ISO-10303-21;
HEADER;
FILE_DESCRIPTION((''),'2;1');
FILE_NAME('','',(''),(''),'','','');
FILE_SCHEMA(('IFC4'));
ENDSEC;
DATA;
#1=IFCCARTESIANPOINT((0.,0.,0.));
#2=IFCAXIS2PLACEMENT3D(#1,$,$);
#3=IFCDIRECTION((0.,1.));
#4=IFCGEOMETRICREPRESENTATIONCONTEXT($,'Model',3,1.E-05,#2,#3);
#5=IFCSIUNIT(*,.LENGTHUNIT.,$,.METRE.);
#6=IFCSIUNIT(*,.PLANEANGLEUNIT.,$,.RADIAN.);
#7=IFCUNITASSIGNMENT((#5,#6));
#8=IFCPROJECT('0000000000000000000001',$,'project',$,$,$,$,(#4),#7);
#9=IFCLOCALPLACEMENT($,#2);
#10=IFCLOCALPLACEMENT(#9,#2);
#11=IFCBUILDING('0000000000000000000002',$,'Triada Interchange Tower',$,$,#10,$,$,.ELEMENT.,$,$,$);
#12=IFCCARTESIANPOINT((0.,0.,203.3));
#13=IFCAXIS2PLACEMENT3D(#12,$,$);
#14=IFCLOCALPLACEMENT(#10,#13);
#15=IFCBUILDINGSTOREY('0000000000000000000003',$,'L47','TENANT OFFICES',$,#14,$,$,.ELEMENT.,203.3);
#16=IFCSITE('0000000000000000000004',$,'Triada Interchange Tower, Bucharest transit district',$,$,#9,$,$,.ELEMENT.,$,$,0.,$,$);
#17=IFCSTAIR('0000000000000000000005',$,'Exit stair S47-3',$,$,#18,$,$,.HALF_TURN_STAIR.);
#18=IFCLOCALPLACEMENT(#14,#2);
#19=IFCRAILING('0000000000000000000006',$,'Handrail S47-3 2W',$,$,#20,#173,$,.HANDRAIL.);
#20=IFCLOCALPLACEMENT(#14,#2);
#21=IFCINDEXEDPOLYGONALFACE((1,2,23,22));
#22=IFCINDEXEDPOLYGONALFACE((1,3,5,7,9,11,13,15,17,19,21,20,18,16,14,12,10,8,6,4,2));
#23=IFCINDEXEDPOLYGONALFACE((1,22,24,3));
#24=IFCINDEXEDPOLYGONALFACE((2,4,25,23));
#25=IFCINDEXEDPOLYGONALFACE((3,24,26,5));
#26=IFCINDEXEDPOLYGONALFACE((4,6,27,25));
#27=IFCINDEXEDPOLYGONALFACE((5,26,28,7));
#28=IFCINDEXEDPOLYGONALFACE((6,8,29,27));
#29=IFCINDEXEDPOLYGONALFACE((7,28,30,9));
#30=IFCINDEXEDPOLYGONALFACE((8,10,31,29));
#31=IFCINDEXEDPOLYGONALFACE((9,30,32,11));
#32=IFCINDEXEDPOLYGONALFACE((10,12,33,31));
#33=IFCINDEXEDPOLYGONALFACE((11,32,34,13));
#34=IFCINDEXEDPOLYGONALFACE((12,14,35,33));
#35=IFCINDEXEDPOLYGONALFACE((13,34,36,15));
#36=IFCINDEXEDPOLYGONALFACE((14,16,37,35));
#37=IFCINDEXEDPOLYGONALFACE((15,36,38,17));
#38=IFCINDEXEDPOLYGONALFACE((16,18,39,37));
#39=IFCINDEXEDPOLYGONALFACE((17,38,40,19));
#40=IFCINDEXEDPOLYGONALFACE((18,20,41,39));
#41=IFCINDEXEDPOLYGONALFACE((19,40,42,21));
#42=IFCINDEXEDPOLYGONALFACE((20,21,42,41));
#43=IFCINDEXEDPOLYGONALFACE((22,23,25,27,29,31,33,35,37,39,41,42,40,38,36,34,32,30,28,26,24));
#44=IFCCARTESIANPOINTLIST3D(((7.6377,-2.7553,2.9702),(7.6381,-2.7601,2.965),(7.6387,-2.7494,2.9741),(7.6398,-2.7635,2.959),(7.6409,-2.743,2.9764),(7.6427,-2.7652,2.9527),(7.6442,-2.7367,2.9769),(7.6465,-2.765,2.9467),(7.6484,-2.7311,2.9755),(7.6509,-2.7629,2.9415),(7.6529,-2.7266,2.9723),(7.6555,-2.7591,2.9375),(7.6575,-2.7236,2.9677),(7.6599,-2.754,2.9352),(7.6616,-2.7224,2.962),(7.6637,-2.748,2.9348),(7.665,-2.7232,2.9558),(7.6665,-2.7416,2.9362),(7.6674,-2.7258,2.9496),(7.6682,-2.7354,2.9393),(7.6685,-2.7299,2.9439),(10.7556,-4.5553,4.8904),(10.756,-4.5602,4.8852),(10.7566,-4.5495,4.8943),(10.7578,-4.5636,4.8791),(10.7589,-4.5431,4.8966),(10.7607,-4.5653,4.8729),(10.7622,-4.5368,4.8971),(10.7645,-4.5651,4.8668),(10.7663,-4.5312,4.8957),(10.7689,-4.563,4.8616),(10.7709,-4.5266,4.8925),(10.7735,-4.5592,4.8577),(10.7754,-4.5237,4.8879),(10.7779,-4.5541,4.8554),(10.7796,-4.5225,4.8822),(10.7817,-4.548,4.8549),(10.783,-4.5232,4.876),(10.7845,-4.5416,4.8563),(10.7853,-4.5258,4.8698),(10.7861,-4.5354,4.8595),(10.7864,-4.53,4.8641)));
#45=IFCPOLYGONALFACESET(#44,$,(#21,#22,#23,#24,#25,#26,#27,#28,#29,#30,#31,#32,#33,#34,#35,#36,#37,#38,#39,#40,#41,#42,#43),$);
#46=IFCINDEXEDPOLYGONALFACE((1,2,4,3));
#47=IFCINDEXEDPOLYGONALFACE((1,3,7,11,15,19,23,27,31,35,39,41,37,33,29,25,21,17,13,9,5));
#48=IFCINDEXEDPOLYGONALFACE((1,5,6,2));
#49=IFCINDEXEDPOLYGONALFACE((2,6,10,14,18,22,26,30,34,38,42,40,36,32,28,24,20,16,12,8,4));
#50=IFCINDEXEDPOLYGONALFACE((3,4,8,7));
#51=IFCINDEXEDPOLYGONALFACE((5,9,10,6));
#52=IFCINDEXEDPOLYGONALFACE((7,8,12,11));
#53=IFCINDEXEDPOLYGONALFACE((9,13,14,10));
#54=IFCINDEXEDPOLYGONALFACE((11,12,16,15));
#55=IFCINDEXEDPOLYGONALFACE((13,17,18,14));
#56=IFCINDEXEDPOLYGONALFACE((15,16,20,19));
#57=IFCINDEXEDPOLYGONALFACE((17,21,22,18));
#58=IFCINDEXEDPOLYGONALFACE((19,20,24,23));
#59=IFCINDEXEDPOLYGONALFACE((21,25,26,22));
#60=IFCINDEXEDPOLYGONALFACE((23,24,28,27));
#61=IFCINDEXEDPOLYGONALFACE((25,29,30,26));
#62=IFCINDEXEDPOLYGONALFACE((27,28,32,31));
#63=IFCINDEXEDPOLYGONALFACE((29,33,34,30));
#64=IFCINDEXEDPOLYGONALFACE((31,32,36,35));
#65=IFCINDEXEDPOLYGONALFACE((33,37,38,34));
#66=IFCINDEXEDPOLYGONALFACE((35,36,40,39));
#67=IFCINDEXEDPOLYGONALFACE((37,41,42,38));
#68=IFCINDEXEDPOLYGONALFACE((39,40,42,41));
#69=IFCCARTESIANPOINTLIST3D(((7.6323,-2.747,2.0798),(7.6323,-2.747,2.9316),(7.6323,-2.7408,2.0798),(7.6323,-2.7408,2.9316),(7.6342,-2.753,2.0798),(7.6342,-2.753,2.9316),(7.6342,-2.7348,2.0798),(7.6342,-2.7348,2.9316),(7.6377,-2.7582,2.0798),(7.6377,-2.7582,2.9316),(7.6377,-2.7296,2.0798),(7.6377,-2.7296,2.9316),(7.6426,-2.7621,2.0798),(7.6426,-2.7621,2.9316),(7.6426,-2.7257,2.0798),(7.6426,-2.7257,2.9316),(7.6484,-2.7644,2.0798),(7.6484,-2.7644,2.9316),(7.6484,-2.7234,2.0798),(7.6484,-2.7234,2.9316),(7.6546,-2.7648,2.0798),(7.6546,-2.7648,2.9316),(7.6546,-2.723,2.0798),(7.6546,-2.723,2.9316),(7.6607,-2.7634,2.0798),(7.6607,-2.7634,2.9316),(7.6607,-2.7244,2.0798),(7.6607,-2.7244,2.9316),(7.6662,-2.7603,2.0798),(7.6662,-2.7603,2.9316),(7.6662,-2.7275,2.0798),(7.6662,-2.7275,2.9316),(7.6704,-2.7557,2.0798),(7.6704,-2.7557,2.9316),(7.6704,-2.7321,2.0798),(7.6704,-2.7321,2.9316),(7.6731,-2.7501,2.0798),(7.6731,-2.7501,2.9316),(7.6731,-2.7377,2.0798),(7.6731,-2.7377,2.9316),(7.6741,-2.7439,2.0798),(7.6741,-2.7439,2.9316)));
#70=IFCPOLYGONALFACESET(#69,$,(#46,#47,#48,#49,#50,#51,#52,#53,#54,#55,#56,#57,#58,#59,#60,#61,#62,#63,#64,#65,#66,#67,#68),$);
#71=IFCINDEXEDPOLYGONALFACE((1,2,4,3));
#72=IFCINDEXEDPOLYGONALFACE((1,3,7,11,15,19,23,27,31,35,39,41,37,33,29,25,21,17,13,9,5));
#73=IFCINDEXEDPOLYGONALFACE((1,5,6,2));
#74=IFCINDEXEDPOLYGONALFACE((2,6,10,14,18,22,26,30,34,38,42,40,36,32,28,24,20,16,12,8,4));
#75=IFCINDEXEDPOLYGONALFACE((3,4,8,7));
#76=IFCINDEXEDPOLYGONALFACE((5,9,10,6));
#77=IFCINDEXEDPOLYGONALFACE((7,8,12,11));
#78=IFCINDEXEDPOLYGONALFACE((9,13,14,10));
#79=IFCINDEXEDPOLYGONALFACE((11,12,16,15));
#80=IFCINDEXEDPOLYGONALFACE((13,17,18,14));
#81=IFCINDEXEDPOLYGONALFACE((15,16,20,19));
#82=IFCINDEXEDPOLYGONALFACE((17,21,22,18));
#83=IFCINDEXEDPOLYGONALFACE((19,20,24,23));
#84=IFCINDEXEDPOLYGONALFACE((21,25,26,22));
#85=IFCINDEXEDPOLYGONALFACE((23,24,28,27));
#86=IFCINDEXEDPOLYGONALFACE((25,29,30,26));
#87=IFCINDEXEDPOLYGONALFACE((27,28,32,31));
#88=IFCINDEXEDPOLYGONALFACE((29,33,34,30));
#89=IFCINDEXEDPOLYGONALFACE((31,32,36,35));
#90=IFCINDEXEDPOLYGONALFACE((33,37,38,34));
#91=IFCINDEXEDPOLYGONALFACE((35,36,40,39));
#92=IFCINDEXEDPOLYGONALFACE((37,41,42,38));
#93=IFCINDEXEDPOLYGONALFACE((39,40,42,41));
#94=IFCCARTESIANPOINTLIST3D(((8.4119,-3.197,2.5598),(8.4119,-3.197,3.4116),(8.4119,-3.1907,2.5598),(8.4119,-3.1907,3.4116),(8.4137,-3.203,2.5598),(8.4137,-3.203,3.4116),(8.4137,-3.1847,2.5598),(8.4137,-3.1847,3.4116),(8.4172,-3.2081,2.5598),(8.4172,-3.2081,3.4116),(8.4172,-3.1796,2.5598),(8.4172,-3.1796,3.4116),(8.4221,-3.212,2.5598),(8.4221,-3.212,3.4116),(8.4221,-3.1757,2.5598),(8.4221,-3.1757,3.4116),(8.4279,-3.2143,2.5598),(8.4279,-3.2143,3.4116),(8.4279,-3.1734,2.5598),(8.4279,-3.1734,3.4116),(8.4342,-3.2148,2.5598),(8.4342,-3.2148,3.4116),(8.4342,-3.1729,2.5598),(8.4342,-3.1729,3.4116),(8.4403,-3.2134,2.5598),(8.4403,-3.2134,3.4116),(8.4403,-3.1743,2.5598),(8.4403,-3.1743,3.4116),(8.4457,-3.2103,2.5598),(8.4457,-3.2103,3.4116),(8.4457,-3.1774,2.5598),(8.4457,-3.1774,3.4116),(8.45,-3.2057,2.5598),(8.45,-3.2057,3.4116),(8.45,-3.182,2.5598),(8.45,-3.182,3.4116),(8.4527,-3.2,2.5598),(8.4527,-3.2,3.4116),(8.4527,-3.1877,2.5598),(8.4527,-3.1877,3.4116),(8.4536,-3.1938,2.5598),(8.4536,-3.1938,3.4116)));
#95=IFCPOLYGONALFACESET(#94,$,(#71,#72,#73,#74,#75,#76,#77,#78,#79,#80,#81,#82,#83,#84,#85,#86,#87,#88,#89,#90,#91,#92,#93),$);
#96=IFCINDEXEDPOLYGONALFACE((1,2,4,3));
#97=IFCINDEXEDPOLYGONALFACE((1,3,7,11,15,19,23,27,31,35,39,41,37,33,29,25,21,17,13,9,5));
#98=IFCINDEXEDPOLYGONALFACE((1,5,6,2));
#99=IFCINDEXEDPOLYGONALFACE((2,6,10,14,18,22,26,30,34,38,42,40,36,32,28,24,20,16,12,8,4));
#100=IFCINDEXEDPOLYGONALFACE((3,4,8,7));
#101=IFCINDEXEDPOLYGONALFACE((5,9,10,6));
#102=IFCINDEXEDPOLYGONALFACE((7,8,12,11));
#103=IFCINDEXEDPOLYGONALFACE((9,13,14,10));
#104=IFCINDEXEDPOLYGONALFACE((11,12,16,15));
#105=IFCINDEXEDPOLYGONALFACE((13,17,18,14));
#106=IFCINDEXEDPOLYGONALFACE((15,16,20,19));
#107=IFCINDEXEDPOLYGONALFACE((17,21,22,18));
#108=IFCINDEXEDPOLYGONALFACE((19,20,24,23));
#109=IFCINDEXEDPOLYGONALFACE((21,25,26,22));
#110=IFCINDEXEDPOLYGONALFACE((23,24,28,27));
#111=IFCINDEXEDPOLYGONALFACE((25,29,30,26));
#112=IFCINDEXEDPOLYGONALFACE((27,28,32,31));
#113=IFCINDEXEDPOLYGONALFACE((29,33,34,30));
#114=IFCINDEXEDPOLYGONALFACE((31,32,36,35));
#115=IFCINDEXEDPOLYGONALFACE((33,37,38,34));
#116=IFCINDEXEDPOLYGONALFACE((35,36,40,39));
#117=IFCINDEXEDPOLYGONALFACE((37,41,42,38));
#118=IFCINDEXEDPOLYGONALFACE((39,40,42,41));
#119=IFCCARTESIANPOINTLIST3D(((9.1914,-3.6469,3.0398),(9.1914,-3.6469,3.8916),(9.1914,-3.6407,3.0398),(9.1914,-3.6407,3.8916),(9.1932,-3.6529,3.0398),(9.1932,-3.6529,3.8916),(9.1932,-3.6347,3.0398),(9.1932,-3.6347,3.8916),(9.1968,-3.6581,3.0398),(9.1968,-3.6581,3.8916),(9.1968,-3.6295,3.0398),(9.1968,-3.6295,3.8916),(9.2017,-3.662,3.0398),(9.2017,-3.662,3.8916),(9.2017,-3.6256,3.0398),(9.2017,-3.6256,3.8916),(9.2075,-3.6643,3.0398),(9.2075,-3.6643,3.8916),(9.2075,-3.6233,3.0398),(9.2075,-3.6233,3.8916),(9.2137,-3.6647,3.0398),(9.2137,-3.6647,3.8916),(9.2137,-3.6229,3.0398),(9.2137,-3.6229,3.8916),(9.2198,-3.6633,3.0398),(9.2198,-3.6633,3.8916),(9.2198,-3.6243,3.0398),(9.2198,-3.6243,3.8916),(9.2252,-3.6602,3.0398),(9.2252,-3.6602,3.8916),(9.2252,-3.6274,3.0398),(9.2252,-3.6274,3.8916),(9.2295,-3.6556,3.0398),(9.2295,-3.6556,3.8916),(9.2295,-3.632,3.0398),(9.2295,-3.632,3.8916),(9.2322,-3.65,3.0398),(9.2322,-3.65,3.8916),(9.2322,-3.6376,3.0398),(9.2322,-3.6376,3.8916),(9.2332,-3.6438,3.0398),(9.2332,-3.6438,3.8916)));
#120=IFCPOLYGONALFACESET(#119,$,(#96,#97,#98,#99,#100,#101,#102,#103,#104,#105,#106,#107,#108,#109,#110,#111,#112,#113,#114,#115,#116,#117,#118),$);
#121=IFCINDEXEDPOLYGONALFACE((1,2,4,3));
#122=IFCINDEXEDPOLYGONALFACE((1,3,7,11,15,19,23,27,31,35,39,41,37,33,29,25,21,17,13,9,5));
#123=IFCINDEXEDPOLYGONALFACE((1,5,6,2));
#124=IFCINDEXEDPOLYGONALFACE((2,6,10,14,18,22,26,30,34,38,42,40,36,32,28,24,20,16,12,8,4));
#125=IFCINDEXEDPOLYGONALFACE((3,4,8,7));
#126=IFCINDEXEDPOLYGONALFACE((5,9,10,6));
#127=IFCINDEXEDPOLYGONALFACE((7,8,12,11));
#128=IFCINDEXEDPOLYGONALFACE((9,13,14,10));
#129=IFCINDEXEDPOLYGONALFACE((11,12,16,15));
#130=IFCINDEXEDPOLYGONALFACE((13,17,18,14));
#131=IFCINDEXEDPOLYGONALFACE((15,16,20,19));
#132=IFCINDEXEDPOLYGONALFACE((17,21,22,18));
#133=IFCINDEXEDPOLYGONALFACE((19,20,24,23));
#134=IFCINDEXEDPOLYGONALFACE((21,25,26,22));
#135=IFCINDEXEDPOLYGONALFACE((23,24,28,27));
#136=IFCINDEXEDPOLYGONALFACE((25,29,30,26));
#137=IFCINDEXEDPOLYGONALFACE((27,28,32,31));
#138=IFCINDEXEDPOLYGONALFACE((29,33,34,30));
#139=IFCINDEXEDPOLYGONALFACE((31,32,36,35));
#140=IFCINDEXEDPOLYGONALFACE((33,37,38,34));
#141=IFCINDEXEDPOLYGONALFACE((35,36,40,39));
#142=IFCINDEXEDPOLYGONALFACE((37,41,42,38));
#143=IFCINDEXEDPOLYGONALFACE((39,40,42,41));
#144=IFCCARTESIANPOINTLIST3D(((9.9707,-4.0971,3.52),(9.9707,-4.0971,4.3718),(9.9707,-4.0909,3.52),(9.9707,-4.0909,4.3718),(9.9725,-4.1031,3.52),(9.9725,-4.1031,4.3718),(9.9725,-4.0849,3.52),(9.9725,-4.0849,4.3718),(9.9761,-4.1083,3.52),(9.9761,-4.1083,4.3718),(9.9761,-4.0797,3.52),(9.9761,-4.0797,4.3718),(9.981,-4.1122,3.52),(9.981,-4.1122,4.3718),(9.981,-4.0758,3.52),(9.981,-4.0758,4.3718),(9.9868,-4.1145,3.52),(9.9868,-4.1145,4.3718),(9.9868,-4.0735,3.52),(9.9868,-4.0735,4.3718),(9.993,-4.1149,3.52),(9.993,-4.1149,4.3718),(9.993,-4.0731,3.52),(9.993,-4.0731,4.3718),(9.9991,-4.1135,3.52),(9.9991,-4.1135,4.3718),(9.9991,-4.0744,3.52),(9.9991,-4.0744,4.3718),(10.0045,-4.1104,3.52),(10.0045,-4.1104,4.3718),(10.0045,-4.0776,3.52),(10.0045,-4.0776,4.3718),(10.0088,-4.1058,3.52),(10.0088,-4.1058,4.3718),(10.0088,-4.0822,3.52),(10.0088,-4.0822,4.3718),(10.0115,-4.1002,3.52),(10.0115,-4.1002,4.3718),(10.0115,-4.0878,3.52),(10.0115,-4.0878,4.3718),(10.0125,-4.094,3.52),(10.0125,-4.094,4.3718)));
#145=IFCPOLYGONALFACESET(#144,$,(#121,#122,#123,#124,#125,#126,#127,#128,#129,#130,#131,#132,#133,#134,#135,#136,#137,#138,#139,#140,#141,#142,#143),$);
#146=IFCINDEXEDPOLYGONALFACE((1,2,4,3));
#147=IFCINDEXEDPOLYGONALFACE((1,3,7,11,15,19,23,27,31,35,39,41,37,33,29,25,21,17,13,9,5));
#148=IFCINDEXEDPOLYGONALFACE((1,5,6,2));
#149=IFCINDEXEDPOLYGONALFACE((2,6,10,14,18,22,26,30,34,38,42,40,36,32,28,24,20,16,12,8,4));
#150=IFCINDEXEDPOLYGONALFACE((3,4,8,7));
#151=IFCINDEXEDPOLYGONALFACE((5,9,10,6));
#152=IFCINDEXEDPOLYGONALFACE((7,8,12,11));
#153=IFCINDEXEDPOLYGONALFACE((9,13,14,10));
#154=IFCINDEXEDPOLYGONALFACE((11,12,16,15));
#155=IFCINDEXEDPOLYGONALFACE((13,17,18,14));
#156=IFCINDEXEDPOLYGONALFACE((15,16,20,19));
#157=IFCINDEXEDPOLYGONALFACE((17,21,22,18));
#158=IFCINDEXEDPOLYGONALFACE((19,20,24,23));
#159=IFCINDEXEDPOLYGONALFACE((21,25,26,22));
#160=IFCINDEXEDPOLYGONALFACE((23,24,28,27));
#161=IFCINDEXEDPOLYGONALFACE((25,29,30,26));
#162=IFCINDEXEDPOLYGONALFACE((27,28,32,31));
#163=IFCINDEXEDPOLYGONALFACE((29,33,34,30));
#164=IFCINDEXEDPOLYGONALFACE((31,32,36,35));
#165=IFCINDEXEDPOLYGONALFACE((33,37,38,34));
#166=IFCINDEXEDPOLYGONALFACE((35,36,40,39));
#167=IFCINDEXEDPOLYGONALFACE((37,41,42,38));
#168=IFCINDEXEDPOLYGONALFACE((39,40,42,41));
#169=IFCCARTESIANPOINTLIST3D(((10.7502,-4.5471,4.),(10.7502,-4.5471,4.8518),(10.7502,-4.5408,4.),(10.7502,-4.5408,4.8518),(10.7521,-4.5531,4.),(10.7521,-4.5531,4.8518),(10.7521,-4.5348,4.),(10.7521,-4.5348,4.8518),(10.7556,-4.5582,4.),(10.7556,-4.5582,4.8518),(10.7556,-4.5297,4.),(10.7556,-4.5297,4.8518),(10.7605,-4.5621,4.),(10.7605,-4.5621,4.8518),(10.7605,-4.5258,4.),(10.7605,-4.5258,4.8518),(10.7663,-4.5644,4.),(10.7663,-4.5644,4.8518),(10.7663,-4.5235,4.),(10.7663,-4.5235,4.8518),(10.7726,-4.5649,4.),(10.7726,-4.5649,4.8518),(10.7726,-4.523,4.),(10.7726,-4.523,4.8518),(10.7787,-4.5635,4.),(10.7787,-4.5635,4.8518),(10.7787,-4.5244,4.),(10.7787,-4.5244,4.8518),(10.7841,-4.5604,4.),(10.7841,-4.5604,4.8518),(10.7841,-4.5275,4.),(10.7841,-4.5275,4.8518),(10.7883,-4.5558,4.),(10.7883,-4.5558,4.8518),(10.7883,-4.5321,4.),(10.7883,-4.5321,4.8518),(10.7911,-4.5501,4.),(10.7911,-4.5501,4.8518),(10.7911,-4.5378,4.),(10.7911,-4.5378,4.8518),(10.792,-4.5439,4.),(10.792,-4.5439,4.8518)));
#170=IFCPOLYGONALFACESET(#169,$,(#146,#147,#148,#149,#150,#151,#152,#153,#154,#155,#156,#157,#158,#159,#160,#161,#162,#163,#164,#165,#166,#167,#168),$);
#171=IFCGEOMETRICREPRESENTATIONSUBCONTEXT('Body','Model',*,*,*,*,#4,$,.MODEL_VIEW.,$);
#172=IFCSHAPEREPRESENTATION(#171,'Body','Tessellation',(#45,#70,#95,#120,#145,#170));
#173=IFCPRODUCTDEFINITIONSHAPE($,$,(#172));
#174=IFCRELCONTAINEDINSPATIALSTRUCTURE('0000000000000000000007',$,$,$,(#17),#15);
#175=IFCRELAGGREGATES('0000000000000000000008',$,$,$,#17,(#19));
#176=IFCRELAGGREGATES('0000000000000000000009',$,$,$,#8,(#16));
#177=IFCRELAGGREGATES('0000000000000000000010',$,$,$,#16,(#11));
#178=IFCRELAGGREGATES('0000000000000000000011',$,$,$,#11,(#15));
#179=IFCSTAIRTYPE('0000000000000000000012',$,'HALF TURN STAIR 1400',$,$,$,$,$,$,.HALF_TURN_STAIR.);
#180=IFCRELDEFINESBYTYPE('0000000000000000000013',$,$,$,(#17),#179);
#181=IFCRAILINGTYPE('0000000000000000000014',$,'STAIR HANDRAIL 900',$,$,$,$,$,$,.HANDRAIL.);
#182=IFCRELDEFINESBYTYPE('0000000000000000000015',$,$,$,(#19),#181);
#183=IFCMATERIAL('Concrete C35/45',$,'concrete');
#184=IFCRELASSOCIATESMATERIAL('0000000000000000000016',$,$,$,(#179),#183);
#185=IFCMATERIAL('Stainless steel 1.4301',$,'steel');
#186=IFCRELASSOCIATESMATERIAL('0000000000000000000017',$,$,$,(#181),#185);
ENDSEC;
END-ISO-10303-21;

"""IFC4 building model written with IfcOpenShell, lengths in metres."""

from ifc_helpers import new_model, si_unit, direction, frame, origin, origin_2d, place, context, subcontext, project, spatial, circle, extrude, material, type_object, element, aggregate, save


model = new_model("IFC4")

# Units and contexts
model_context = context("Model", 3, precision=1e-05, world=origin(), true_north=direction((0.0, 1.0)))
body_context = subcontext(model_context, "Body", "Model", "MODEL_VIEW")
ifc_project = project(units=[si_unit("LENGTHUNIT", "METRE"), si_unit("PLANEANGLEUNIT", "RADIAN")], contexts=[model_context])

# Site, building, storey
site_placement = place(None, origin())
site = spatial("IfcSite", under=ifc_project, at=site_placement, Name="Triada Interchange Tower, Bucharest transit district", CompositionType="ELEMENT", RefElevation=0.0)
building_placement = place(site_placement, origin())
building = spatial("IfcBuilding", under=site, at=building_placement, Name="Triada Interchange Tower", CompositionType="ELEMENT")
storey_placement = place(building_placement, frame((0.0, 0.0, 203.3)))
storey = spatial("IfcBuildingStorey", under=building, at=storey_placement, Name="L47", Description="TENANT OFFICES", CompositionType="ELEMENT", Elevation=203.3)

# Stair, railing
ifc_material_1 = material(Name="Concrete C35/45", Category="concrete")
stair_type = type_object("IfcStairType", Name="HALF TURN STAIR 1400", PredefinedType="HALF_TURN_STAIR", material=ifc_material_1)
stair_placement = place(storey_placement, origin())
stair = element("IfcStair", 1, at=stair_placement, inside=storey, type_object=stair_type, Name="Exit stair S47-3", PredefinedType="HALF_TURN_STAIR")
ifc_material_2 = material(Name="Stainless steel 1.4301", Category="steel")
railing_type = type_object("IfcRailingType", Name="STAIR HANDRAIL 900", PredefinedType="HANDRAIL", material=ifc_material_2)
railing_1_placement = place(storey_placement, frame((7.6531, -2.7439, 2.0798)))
railing_1 = element("IfcRailing", 2, at=railing_1_placement, type_object=railing_type, Name="Handrail S47-3 2W", PredefinedType="HANDRAIL", context=body_context, shape_type="SweptSolid", body=[
    extrude(circle(Radius=0.0239, at=origin_2d()), frame((0.0, 0.0, 0.876), z_axis=(0.764145, -0.441159, 0.470597), x_axis=(0.499983, 0.866035, 0.0)), (0.0, 0.0, 1.0), 4.0803),
    extrude(circle(Radius=0.021, at=origin_2d()), origin(), (0.0, 0.0, 1.0), 0.8518),
    extrude(circle(Radius=0.021, at=origin_2d()), frame((0.7795, -0.45, 0.48)), (0.0, 0.0, 1.0), 0.8518),
    extrude(circle(Radius=0.021, at=origin_2d()), frame((1.5591, -0.8999, 0.96)), (0.0, 0.0, 1.0), 0.8518),
    extrude(circle(Radius=0.021, at=origin_2d()), frame((2.3384, -1.3501, 1.4402)), (0.0, 0.0, 1.0), 0.8518),
    extrude(circle(Radius=0.021, at=origin_2d()), frame((3.1179, -1.8, 1.9202)), (0.0, 0.0, 1.0), 0.8518),
])
aggregate(stair, [railing_1])

save(model, "model.ifc")
